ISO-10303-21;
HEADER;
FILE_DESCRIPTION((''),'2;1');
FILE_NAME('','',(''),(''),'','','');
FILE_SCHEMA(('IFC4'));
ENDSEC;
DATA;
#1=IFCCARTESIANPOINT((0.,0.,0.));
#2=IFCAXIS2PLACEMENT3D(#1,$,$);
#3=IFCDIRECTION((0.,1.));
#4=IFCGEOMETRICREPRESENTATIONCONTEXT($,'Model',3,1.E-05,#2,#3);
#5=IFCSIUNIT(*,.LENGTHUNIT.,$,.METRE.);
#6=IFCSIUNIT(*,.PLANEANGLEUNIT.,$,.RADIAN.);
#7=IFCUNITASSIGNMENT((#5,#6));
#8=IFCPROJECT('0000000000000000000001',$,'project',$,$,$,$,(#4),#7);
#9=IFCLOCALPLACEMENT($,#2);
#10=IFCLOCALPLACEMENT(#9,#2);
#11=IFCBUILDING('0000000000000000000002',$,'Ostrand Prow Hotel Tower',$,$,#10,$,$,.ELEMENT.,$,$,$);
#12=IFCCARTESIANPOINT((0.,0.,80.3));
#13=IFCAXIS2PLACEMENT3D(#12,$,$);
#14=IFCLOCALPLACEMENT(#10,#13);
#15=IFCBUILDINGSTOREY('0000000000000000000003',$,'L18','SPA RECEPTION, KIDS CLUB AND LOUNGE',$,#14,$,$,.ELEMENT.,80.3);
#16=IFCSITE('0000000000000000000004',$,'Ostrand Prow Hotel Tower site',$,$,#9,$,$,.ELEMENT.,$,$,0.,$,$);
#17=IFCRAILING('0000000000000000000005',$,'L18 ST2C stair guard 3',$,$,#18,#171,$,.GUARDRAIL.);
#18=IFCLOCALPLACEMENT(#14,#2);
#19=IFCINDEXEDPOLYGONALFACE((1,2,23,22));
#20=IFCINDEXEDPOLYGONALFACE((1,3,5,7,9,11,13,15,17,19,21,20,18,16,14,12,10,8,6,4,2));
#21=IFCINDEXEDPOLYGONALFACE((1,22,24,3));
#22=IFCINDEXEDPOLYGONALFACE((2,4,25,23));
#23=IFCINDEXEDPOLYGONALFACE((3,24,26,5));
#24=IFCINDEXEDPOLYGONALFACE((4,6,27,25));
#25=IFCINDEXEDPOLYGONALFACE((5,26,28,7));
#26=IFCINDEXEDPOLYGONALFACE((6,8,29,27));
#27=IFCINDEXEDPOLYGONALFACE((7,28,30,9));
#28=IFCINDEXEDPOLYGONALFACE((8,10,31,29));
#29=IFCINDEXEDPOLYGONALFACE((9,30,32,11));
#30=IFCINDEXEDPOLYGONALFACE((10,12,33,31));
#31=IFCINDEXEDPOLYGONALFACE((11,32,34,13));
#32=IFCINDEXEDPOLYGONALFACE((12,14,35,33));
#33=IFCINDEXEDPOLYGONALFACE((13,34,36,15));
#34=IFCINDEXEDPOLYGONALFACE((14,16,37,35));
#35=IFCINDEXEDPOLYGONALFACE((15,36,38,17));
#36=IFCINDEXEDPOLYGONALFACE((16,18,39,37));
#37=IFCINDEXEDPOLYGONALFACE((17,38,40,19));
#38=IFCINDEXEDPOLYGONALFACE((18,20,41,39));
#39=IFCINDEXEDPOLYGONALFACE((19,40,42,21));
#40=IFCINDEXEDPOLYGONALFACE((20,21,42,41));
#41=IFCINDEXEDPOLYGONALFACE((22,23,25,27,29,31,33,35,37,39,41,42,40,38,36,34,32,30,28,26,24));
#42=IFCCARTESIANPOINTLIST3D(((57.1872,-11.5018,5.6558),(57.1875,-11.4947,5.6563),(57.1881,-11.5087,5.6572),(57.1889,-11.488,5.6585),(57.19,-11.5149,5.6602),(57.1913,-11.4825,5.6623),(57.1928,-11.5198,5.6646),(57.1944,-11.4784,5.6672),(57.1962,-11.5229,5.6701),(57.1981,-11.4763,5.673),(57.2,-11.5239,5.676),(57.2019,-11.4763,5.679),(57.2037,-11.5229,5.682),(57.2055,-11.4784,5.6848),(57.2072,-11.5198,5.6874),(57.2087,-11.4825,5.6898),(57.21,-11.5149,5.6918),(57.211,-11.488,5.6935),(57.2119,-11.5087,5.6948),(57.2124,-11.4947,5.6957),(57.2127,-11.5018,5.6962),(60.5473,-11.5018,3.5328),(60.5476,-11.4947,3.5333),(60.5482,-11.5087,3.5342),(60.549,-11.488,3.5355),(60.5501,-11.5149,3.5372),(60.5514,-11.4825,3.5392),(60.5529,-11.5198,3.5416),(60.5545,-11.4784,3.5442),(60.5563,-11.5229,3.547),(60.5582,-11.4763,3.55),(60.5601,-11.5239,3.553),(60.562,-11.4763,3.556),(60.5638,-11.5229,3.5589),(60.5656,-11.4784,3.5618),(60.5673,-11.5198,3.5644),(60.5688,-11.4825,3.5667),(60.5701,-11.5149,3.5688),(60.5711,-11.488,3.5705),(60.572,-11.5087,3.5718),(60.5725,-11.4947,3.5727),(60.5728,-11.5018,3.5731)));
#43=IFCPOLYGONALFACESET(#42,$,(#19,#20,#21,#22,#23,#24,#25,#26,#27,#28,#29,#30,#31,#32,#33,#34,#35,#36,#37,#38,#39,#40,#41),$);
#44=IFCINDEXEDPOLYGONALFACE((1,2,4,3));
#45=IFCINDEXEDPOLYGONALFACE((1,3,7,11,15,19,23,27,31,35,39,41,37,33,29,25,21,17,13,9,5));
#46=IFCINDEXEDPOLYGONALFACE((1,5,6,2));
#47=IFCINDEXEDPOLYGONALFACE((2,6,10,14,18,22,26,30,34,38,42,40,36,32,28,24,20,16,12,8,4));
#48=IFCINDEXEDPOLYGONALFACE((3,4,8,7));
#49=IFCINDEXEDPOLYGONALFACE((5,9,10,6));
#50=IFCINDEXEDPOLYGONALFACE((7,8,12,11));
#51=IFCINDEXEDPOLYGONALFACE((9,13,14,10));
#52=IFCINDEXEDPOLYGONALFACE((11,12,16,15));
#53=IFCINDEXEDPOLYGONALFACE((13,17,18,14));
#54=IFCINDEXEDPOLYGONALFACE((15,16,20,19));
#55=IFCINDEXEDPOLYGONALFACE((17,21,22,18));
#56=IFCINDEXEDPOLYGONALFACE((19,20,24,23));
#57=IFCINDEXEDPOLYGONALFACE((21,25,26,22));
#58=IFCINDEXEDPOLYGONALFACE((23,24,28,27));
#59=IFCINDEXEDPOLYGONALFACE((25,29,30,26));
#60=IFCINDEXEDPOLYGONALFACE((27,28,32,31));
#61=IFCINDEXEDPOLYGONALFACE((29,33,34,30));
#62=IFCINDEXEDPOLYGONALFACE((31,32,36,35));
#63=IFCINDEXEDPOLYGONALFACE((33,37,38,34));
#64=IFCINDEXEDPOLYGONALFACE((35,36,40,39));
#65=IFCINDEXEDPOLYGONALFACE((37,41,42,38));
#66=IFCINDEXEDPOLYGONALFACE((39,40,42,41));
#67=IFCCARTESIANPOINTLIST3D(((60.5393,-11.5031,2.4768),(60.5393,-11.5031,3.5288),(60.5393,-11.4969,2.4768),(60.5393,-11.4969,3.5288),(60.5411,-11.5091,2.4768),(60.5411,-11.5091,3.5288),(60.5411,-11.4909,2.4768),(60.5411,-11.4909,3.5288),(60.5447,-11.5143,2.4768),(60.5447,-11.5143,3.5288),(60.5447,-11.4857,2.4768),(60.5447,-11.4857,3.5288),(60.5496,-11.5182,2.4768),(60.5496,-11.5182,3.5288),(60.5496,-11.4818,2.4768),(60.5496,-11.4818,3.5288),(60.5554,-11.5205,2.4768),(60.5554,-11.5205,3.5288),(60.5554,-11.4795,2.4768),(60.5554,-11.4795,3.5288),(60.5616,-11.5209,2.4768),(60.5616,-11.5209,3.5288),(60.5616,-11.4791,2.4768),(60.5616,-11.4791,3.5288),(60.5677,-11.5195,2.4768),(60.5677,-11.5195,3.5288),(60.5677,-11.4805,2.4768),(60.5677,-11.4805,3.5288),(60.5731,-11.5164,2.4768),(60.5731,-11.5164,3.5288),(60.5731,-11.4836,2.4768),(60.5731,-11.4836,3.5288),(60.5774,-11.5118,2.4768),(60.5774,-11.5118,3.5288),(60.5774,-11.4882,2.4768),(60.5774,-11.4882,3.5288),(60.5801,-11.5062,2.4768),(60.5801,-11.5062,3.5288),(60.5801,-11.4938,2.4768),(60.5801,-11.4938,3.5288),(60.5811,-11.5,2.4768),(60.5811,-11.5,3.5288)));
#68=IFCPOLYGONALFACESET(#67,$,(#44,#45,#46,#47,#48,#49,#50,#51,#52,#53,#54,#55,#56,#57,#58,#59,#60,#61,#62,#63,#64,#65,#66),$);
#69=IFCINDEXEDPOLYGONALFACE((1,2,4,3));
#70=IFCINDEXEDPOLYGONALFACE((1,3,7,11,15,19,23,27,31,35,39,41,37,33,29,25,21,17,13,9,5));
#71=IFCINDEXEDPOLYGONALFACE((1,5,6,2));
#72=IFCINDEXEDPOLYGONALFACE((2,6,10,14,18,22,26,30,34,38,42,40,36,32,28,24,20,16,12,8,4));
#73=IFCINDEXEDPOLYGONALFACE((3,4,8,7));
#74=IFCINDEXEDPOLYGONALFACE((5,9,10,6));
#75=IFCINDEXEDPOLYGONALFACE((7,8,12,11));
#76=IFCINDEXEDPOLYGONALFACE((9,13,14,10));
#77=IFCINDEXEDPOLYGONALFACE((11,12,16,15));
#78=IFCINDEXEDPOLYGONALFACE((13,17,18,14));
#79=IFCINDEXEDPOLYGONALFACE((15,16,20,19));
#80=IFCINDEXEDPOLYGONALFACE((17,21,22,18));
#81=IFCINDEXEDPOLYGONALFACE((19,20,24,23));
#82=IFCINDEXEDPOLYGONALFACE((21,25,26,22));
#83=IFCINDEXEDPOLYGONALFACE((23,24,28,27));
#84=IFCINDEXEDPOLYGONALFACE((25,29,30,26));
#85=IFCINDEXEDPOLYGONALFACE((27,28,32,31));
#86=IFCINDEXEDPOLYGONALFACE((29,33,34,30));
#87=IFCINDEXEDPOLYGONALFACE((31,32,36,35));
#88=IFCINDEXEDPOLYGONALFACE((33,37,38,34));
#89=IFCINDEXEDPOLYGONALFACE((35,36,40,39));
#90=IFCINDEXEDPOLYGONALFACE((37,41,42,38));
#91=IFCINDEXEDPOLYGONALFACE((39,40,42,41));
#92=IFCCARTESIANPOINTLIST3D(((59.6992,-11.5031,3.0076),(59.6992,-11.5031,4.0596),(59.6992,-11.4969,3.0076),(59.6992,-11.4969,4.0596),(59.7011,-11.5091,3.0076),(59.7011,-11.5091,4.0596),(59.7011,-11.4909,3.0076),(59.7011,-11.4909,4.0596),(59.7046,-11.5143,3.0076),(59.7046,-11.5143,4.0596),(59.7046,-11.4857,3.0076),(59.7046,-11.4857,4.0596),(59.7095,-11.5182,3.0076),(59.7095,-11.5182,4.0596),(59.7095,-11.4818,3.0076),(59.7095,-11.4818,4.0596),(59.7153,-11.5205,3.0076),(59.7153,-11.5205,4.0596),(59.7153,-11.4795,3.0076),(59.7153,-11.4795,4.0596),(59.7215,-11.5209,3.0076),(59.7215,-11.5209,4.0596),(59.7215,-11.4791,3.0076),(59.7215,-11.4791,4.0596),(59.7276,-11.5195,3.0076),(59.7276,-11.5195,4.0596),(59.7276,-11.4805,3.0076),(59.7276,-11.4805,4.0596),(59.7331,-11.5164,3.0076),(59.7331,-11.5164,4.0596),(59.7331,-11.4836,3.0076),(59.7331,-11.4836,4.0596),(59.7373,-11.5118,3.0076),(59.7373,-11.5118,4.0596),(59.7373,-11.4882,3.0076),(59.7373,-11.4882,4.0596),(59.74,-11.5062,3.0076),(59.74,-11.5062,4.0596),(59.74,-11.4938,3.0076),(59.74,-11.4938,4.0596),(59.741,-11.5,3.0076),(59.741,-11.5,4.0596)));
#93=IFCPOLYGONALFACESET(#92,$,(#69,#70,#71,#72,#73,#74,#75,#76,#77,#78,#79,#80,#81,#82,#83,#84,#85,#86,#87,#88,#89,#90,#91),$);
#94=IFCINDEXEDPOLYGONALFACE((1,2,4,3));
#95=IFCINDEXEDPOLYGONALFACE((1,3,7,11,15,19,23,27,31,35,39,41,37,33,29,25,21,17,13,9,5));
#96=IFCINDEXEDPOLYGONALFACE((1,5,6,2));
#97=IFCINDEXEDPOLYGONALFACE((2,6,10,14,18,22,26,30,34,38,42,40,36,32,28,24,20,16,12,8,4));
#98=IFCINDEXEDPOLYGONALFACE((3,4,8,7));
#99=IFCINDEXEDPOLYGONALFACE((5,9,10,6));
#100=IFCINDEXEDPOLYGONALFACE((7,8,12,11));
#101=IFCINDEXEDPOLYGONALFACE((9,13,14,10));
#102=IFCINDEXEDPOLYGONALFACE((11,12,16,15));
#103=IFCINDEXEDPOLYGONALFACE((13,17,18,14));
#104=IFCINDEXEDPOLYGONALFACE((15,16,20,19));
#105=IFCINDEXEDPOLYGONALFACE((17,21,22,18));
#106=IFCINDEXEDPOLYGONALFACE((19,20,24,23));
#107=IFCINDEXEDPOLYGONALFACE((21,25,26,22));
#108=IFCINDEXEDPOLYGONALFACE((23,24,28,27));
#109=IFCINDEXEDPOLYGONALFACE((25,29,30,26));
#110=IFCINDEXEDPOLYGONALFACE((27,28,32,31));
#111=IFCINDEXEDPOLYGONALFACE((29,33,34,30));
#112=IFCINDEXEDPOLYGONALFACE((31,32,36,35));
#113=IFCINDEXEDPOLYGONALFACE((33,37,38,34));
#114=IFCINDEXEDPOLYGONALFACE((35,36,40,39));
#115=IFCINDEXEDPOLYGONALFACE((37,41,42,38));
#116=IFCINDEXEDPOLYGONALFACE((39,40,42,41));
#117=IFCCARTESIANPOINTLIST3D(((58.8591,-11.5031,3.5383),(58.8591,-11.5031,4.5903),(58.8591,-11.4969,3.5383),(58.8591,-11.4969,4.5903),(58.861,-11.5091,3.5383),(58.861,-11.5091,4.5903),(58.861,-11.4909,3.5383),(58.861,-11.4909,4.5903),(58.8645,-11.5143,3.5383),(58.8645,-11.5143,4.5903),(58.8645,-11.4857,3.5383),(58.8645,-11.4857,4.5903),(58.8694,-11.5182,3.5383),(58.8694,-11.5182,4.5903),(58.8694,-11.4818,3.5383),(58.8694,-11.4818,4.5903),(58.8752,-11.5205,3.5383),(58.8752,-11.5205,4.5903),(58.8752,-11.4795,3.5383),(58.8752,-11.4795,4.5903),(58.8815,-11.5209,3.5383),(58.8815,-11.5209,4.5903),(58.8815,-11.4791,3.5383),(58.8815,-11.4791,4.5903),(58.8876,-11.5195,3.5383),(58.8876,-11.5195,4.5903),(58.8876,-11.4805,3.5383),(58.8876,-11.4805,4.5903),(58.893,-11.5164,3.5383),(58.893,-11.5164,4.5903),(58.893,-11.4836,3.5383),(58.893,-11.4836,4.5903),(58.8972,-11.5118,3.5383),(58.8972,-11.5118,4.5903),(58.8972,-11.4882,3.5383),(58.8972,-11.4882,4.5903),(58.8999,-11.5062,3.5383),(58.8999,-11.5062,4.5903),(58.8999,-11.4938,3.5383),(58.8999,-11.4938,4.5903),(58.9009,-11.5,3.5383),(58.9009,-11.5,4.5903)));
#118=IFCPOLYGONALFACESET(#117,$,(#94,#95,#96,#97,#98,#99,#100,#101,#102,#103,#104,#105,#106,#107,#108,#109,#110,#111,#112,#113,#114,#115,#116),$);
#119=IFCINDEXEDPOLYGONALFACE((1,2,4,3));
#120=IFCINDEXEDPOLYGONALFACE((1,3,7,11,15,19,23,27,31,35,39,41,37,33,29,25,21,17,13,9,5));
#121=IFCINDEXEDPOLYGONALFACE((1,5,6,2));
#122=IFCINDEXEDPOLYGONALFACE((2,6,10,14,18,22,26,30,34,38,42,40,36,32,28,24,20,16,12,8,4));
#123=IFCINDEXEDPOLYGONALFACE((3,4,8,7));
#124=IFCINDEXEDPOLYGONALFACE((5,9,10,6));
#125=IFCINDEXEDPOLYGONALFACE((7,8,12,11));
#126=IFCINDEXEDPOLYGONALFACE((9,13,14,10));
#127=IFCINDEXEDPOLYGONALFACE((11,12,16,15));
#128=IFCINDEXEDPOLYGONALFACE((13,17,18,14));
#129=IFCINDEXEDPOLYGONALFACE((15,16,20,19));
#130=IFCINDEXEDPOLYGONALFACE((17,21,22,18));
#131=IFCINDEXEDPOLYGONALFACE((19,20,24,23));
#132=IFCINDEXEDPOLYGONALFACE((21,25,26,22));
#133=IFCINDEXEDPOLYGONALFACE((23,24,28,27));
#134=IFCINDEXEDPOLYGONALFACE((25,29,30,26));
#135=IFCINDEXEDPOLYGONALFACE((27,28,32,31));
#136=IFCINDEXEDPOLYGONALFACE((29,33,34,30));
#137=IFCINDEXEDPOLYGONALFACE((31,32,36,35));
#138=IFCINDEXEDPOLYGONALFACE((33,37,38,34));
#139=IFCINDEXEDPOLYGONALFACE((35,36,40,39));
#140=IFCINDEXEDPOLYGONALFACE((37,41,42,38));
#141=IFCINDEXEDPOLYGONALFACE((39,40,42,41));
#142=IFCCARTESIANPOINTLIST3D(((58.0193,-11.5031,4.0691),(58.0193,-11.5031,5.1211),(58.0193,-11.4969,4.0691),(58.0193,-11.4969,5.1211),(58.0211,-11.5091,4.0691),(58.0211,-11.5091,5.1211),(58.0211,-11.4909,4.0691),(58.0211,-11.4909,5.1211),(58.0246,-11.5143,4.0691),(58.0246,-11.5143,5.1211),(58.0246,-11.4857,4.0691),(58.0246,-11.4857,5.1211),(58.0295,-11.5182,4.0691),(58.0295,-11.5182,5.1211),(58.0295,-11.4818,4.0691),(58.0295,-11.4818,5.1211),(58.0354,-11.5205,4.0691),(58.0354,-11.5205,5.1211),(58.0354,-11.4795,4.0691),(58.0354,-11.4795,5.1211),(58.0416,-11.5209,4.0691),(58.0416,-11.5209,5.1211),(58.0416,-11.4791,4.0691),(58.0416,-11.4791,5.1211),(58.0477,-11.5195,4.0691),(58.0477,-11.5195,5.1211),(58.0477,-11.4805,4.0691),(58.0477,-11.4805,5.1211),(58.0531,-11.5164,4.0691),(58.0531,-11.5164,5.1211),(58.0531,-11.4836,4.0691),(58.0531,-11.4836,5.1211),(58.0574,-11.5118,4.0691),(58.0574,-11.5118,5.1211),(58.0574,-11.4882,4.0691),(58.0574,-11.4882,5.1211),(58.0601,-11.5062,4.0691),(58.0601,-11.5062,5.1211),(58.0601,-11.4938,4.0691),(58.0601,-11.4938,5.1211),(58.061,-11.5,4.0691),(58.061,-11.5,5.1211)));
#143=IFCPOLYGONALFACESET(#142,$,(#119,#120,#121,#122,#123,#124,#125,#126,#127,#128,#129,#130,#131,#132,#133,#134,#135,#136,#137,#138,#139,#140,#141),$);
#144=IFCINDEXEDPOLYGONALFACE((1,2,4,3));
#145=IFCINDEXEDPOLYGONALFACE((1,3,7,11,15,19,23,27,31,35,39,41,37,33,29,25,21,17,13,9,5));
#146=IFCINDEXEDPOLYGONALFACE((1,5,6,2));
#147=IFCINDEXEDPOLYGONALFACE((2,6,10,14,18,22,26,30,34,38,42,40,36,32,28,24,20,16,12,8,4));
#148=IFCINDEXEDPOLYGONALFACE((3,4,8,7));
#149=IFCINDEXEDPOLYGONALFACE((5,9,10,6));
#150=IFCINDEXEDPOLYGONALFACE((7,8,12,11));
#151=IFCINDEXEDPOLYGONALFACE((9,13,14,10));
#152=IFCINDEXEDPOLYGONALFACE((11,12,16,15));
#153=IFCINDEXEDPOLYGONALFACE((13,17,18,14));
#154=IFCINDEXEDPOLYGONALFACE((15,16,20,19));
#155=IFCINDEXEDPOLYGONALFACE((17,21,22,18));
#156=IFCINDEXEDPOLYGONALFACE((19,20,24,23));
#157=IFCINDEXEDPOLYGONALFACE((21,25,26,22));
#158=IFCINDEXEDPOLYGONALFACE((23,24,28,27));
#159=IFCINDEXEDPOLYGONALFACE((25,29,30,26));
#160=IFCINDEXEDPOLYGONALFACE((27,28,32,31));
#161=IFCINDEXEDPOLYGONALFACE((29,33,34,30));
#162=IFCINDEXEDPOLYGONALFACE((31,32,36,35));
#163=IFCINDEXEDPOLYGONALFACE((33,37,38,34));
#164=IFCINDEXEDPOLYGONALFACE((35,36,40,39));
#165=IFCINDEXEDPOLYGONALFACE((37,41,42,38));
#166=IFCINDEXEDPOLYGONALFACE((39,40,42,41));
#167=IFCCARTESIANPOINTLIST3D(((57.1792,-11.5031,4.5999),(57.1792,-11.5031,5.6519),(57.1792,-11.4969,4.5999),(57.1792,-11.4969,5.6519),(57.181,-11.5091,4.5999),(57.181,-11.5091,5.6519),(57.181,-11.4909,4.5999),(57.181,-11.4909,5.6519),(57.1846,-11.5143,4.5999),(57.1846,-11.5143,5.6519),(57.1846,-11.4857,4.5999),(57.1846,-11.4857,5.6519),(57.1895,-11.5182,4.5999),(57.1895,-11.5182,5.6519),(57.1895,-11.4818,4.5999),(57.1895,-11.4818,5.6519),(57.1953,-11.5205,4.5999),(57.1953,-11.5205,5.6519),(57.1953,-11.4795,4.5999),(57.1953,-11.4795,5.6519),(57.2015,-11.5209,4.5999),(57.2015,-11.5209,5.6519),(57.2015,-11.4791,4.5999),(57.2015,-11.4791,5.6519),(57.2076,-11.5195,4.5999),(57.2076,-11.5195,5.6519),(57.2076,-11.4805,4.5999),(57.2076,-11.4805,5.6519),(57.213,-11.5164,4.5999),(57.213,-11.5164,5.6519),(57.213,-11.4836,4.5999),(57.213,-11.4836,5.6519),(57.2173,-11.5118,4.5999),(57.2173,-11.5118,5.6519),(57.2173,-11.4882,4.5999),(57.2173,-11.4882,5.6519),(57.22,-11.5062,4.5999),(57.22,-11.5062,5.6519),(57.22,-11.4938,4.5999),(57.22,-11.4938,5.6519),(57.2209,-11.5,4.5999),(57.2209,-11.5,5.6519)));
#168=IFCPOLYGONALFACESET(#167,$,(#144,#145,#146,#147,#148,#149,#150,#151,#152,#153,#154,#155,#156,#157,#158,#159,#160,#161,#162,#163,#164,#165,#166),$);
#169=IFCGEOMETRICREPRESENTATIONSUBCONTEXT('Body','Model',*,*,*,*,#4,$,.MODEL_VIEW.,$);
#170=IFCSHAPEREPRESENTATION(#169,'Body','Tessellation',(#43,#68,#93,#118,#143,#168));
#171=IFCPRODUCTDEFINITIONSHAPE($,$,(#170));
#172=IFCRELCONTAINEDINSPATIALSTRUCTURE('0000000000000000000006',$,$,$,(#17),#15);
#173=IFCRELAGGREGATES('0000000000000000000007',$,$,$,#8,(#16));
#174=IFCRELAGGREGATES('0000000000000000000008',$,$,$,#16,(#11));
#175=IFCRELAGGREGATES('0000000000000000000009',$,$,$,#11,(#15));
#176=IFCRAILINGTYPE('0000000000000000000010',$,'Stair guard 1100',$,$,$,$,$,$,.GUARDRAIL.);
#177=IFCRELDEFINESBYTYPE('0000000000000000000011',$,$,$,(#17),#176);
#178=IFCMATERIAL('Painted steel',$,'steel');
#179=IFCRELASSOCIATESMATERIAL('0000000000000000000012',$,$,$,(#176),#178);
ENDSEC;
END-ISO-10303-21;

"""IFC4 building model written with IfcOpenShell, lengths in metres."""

from ifc_helpers import new_model, si_unit, direction, frame, origin, origin_2d, place, context, subcontext, project, spatial, circle, extrude, material, type_object, element, save


model = new_model("IFC4")

# Units and contexts
model_context = context("Model", 3, precision=1e-05, world=origin(), true_north=direction((0.0, 1.0)))
body_context = subcontext(model_context, "Body", "Model", "MODEL_VIEW")
ifc_project = project(units=[si_unit("LENGTHUNIT", "METRE"), si_unit("PLANEANGLEUNIT", "RADIAN")], contexts=[model_context])

# Site, building, storey
site_placement = place(None, origin())
site = spatial("IfcSite", under=ifc_project, at=site_placement, Name="Ostrand Prow Hotel Tower site", CompositionType="ELEMENT", RefElevation=0.0)
building_placement = place(site_placement, origin())
building = spatial("IfcBuilding", under=site, at=building_placement, Name="Ostrand Prow Hotel Tower", CompositionType="ELEMENT")
storey_placement = place(building_placement, frame((0.0, 0.0, 80.3)))
storey = spatial("IfcBuildingStorey", under=building, at=storey_placement, Name="L18", Description="SPA RECEPTION, KIDS CLUB AND LOUNGE", CompositionType="ELEMENT", Elevation=80.3)

# Railing
ifc_material_1 = material(Name="Painted steel", Category="steel")
railing_type_1 = type_object("IfcRailingType", Name="Stair guard 1100", PredefinedType="GUARDRAIL", material=ifc_material_1)
railing_1_placement = place(storey_placement, frame((60.5601, -11.5, 2.4768)))
element("IfcRailing", 1, at=railing_1_placement, inside=storey, type_object=railing_type_1, Name="L18 ST2C stair guard 3", PredefinedType="GUARDRAIL", context=body_context, shape_type="SweptSolid", body=[
    extrude(circle(Radius=0.0239, at=origin_2d()), frame((0.0, 0.0, 1.0762), z_axis=(-0.84539, 0.0, 0.53415), x_axis=(0.0, -1.0, 0.0)), (0.0, 0.0, 1.0), 3.9746),
    extrude(circle(Radius=0.021, at=origin_2d()), origin(), (0.0, 0.0, 1.0), 1.052),
    extrude(circle(Radius=0.021, at=origin_2d()), frame((-0.8401, 0.0, 0.5308)), (0.0, 0.0, 1.0), 1.052),
    extrude(circle(Radius=0.021, at=origin_2d()), frame((-1.6802, 0.0, 1.0615)), (0.0, 0.0, 1.0), 1.052),
    extrude(circle(Radius=0.021, at=origin_2d()), frame((-2.52, 0.0, 1.5923)), (0.0, 0.0, 1.0), 1.052),
    extrude(circle(Radius=0.021, at=origin_2d()), frame((-3.3601, 0.0, 2.123)), (0.0, 0.0, 1.0), 1.052),
])

save(model, "model.ifc")
